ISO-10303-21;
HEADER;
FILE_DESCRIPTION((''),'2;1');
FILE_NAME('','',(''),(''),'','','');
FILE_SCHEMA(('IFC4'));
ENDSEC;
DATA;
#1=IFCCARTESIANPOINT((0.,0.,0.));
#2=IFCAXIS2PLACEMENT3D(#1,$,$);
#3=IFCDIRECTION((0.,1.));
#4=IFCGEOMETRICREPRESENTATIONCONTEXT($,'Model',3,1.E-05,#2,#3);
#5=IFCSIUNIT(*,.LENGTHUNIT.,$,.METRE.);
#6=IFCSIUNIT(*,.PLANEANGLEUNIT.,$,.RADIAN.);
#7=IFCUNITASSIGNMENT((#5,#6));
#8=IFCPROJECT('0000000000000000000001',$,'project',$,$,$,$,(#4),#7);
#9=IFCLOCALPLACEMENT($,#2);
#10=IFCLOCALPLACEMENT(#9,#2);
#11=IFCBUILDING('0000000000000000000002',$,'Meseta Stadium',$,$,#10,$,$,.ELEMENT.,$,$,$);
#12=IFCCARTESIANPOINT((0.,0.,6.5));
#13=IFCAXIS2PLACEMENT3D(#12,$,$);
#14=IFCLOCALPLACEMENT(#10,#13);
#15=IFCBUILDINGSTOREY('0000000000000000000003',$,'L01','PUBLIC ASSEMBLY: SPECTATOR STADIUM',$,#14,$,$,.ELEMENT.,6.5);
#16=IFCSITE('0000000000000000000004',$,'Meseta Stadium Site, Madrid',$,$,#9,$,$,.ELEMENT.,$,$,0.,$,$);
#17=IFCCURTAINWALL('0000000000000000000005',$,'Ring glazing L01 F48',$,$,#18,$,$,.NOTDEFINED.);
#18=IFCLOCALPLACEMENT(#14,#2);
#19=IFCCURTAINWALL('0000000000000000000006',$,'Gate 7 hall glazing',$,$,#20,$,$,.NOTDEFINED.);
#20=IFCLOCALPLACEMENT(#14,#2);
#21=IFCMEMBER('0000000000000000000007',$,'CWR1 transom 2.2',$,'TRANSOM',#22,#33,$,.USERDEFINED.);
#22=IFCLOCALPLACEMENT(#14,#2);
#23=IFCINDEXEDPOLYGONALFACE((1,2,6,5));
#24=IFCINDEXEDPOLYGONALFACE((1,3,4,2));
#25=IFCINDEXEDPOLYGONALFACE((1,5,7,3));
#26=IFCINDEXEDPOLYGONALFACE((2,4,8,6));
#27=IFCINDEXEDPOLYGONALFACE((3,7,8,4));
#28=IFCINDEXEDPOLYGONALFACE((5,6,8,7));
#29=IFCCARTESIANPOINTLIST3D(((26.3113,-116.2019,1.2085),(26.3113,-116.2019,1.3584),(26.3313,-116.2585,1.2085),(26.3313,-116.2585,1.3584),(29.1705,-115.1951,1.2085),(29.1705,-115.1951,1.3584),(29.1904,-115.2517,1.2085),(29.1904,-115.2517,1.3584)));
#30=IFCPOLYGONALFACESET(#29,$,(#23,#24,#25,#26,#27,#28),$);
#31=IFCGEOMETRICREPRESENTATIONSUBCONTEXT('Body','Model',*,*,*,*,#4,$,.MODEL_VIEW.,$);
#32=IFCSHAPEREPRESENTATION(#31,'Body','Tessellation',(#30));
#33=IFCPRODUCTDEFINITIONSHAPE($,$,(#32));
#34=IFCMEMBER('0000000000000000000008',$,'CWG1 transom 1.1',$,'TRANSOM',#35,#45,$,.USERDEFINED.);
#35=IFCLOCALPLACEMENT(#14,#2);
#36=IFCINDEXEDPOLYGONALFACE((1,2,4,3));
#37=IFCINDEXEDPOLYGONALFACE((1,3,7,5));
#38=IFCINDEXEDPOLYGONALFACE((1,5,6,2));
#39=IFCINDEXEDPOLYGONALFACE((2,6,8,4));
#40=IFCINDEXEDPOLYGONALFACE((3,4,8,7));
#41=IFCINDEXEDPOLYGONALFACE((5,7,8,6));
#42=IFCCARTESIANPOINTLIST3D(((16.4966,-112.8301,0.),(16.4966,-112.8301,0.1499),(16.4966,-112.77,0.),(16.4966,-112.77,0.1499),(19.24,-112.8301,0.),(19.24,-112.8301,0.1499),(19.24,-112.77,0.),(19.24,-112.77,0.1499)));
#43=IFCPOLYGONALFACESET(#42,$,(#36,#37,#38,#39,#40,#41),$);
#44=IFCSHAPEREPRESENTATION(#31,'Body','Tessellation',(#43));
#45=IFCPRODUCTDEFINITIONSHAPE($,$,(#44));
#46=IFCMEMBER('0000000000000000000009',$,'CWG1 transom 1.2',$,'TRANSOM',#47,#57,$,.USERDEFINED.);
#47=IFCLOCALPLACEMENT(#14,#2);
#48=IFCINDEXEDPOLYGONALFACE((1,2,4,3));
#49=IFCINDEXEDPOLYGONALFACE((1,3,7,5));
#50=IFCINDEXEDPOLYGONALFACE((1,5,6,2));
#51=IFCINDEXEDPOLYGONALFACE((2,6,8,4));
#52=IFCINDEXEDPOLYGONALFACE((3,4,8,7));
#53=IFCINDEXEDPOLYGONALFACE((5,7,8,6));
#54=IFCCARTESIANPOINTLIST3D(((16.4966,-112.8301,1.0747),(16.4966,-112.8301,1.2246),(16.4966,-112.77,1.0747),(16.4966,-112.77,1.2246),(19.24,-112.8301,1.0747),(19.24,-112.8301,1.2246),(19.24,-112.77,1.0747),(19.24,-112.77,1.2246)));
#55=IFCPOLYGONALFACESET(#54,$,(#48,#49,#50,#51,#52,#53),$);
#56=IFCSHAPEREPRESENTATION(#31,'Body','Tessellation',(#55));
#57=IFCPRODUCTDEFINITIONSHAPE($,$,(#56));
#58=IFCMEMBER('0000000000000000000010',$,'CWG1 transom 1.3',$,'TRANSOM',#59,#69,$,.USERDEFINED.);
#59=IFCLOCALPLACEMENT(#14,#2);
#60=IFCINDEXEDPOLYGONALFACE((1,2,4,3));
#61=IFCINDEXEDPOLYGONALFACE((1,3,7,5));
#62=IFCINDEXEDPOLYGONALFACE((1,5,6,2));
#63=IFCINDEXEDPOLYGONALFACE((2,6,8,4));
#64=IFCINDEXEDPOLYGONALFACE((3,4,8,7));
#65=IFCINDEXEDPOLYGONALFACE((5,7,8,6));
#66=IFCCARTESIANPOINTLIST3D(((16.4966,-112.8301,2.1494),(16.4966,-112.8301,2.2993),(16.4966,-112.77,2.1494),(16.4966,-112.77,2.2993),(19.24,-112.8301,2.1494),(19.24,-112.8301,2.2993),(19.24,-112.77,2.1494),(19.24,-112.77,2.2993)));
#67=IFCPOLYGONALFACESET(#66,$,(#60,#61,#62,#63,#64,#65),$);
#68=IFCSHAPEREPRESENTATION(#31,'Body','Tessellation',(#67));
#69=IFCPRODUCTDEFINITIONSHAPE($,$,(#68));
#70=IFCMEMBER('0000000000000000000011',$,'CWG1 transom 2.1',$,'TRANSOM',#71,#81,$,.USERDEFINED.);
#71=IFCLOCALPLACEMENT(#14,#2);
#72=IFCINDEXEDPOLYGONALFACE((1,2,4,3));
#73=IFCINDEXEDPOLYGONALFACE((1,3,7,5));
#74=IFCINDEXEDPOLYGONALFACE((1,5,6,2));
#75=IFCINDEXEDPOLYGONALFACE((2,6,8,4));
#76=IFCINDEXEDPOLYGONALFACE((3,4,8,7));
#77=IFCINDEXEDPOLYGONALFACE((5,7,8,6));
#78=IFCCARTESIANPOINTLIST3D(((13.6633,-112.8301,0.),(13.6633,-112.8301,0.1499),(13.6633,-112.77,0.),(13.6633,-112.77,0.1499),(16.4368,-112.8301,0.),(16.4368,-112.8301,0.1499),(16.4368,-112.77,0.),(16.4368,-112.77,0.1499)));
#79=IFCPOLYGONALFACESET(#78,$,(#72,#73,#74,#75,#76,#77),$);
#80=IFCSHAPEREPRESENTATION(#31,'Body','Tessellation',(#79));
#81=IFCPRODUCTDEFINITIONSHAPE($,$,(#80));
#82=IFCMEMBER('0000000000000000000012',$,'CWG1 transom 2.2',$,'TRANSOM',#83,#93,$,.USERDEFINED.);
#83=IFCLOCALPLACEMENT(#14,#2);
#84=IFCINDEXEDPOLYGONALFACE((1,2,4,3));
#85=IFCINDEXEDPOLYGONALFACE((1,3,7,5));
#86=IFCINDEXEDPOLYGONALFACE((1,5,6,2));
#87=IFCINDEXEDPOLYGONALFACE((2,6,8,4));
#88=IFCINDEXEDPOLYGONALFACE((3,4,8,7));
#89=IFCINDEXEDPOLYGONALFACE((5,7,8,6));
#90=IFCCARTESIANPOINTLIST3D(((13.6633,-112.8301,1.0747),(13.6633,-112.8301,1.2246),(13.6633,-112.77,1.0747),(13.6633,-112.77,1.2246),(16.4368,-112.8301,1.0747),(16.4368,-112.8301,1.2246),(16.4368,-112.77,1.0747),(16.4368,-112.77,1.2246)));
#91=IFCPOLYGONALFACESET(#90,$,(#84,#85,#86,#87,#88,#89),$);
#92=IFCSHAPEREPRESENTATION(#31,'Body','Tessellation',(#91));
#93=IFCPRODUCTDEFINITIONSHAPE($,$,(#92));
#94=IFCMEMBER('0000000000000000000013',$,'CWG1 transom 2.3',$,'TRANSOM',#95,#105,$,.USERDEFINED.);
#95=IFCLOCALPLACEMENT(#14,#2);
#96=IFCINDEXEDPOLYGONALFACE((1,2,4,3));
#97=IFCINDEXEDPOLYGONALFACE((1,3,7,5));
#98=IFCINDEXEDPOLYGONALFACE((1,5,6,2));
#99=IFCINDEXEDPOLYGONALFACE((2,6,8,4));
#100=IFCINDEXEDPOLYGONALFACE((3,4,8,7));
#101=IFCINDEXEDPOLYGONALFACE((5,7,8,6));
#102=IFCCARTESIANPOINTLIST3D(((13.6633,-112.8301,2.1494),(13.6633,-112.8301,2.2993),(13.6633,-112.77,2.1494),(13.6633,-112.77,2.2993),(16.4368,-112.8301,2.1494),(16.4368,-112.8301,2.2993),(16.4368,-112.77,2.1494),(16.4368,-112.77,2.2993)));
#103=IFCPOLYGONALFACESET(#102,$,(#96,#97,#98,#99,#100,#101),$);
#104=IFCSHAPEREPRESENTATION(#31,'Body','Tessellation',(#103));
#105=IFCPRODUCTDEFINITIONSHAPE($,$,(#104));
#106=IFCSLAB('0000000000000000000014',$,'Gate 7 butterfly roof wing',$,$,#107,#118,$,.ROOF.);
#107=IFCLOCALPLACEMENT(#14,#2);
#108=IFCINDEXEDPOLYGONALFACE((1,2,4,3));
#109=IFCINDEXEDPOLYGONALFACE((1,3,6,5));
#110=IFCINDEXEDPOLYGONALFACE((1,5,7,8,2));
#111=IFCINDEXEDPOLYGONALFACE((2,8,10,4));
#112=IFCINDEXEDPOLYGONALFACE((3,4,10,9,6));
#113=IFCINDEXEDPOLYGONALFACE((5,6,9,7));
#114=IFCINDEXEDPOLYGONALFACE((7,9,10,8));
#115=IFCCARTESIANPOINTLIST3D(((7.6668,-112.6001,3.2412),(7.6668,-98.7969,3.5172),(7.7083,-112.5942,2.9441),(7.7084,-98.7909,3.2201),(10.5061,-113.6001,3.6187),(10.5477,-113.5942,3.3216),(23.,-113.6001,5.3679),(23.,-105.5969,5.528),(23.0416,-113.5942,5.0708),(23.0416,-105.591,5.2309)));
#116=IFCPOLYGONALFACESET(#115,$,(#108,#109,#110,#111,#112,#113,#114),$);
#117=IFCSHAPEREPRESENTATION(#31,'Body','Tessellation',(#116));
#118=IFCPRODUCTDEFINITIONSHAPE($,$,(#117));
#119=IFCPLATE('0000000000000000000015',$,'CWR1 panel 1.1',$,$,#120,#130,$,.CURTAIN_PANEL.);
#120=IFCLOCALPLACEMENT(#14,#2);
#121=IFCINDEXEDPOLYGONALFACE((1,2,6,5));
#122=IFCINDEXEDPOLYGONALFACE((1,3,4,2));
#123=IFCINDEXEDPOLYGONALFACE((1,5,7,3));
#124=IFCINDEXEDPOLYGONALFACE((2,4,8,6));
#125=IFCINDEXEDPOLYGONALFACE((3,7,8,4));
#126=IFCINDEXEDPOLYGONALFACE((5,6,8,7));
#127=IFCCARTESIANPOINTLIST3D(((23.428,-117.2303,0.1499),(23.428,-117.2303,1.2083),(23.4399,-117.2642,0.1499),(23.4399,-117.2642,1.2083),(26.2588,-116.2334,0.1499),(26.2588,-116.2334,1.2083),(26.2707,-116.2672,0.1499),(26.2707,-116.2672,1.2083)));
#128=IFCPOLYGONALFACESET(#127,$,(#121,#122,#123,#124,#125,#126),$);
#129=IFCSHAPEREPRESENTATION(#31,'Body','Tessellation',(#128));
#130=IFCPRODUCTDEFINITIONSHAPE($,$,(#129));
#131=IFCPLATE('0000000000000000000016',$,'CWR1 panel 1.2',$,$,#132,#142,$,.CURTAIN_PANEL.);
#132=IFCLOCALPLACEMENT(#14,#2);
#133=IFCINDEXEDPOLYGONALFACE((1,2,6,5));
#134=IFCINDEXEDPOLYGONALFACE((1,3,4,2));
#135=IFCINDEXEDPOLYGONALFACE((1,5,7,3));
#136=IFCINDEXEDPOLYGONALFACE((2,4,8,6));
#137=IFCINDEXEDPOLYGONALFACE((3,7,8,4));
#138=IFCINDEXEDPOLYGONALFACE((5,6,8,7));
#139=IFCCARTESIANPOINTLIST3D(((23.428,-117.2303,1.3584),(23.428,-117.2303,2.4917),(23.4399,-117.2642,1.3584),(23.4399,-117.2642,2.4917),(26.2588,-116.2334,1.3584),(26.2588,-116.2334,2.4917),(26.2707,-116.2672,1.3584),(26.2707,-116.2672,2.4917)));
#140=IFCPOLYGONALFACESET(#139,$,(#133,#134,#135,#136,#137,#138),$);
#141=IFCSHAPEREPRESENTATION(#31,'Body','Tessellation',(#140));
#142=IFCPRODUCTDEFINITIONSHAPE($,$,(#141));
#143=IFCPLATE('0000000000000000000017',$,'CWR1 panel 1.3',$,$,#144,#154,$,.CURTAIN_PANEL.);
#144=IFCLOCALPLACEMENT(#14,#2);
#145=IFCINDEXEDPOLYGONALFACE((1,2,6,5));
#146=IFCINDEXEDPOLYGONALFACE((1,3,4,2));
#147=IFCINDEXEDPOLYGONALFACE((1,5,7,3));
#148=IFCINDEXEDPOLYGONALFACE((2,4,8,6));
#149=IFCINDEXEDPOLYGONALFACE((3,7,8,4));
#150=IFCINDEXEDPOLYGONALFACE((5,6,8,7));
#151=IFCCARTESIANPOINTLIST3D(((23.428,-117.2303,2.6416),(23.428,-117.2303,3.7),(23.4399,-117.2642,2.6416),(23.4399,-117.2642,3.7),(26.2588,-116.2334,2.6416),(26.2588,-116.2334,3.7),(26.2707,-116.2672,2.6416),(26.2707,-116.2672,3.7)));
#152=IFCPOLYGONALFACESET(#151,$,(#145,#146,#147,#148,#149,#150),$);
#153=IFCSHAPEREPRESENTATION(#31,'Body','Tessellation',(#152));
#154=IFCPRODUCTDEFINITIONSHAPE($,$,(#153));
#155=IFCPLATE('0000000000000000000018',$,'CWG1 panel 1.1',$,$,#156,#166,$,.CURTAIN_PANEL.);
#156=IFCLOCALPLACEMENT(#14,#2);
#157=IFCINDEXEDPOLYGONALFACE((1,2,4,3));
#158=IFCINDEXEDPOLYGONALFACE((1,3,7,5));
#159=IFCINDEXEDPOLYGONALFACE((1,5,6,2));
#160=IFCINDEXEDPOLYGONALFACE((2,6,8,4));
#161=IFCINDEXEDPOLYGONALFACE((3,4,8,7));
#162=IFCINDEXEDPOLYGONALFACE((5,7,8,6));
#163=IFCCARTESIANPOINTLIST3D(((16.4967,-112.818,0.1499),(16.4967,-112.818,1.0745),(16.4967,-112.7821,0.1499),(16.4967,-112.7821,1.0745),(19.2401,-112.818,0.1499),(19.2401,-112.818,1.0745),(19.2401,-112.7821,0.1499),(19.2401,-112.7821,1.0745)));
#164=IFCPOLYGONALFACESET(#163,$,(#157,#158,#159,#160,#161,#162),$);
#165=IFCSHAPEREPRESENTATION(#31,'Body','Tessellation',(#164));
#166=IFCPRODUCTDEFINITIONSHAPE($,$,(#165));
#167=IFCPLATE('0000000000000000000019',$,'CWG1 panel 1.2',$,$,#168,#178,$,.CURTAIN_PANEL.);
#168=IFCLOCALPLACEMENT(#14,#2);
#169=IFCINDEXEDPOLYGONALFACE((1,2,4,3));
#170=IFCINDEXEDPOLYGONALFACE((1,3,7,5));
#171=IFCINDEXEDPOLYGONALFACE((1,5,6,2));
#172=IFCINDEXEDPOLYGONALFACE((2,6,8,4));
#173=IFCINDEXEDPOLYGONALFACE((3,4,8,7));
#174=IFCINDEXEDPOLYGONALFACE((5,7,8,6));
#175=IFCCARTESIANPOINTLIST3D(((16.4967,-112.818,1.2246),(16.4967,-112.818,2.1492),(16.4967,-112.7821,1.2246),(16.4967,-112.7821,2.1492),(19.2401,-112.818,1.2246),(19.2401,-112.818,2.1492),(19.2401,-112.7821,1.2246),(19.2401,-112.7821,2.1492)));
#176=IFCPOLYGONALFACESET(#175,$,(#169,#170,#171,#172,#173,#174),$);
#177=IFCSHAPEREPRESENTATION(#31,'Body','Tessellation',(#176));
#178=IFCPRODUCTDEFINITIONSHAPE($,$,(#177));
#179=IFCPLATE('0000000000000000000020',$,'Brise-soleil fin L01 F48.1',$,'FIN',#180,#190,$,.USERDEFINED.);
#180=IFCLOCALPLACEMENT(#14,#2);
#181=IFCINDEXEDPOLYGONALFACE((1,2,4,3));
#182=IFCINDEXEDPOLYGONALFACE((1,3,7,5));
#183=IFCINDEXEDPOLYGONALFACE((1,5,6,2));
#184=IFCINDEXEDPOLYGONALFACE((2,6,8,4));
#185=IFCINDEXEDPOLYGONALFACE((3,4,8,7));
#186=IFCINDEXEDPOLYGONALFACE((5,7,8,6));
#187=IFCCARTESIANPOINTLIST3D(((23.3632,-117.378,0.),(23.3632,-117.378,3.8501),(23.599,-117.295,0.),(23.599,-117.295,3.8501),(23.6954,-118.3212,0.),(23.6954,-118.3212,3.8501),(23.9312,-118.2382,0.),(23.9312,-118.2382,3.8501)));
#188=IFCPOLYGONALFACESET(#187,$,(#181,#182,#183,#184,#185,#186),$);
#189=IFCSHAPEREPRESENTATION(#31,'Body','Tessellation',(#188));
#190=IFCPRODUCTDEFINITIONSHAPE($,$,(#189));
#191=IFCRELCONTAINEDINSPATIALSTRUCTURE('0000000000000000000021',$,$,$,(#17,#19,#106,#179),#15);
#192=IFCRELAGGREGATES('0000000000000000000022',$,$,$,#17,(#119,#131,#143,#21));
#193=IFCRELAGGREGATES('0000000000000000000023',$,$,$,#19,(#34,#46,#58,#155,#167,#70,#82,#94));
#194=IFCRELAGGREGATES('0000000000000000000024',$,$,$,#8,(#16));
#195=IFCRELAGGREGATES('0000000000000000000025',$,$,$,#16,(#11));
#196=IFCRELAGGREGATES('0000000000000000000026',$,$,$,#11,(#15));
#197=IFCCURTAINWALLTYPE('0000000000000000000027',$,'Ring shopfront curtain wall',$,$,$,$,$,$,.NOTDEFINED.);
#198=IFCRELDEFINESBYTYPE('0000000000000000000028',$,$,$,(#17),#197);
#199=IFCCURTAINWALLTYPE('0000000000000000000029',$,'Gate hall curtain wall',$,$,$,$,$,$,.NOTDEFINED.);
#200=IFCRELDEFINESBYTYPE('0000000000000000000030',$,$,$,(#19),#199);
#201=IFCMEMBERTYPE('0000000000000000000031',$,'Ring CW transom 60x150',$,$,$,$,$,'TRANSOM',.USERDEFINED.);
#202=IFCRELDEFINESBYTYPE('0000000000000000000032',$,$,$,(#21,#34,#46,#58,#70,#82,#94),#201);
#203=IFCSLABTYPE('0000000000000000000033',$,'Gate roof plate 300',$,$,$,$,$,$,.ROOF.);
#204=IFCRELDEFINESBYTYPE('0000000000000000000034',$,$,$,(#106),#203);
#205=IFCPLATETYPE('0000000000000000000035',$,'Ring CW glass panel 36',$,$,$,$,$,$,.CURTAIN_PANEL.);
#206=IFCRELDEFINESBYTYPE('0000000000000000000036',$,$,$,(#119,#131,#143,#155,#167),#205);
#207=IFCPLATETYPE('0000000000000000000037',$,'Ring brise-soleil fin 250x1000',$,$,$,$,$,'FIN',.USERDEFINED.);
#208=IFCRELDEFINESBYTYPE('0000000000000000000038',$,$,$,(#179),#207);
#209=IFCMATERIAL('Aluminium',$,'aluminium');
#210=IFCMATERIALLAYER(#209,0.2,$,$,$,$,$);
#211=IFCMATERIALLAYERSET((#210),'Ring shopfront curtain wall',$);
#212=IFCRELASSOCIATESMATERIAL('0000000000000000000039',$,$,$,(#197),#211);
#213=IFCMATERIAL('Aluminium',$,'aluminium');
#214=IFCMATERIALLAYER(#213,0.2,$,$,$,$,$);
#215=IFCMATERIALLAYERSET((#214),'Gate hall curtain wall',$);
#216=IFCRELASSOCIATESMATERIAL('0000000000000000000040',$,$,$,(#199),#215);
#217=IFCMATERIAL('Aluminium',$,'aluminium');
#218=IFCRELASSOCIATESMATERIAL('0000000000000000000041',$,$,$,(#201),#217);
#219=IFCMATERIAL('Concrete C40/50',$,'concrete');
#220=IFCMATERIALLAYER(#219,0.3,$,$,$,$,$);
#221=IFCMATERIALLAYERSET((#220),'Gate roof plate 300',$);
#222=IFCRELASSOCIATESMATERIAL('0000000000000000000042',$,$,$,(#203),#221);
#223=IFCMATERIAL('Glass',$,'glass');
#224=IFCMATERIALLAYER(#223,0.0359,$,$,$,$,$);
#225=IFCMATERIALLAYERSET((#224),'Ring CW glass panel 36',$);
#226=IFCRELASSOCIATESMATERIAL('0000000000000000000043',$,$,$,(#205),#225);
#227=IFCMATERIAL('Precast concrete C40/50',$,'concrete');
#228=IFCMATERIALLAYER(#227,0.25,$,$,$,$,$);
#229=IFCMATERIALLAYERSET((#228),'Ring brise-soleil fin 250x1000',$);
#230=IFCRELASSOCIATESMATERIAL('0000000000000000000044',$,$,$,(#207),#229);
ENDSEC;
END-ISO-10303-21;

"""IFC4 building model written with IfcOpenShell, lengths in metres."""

from ifc_helpers import new_model, si_unit, direction, frame, origin, origin_2d, place, context, subcontext, project, spatial, polyline, rectangle, outline, extrude, material, layer, layer_set, material_profile, profile_set, type_object, element, aggregate, save


model = new_model("IFC4")

# Units and contexts
model_context = context("Model", 3, precision=1e-05, world=origin(), true_north=direction((0.0, 1.0)))
body_context = subcontext(model_context, "Body", "Model", "MODEL_VIEW")
ifc_project = project(units=[si_unit("LENGTHUNIT", "METRE"), si_unit("PLANEANGLEUNIT", "RADIAN")], contexts=[model_context])

# Site, building, storey
site_placement = place(None, origin())
site = spatial("IfcSite", under=ifc_project, at=site_placement, Name="Meseta Stadium Site, Madrid", CompositionType="ELEMENT", RefElevation=0.0)
building_placement = place(site_placement, origin())
building = spatial("IfcBuilding", under=site, at=building_placement, Name="Meseta Stadium", CompositionType="ELEMENT")
storey_placement = place(building_placement, frame((0.0, 0.0, 6.5)))
storey = spatial("IfcBuildingStorey", under=building, at=storey_placement, Name="L01", Description="PUBLIC ASSEMBLY: SPECTATOR STADIUM", CompositionType="ELEMENT", Elevation=6.5)

# Curtain walls
ifc_material_1 = material(Name="Aluminium", Category="aluminium")
ifc_layer_1 = layer(ifc_material_1, 0.2)
ifc_layer_set_1 = layer_set([ifc_layer_1], Name="Ring shopfront curtain wall")
curtain_wall_type_1 = type_object("IfcCurtainWallType", Name="Ring shopfront curtain wall", PredefinedType="NOTDEFINED", material=ifc_layer_set_1)
curtain_wall_1_placement = place(storey_placement, origin())
curtain_wall_1 = element("IfcCurtainWall", 1, at=curtain_wall_1_placement, inside=storey, type_object=curtain_wall_type_1, Name="Ring glazing L01 F48", PredefinedType="NOTDEFINED")
ifc_material_2 = material(Name="Aluminium", Category="aluminium")
ifc_layer_2 = layer(ifc_material_2, 0.2)
ifc_layer_set_2 = layer_set([ifc_layer_2], Name="Gate hall curtain wall")
curtain_wall_type_2 = type_object("IfcCurtainWallType", Name="Gate hall curtain wall", PredefinedType="NOTDEFINED", material=ifc_layer_set_2)
curtain_wall_2_placement = place(storey_placement, origin())
curtain_wall_2 = element("IfcCurtainWall", 2, at=curtain_wall_2_placement, inside=storey, type_object=curtain_wall_type_2, Name="Gate 7 hall glazing", PredefinedType="NOTDEFINED")

# Members
ifc_material_3 = material(Name="Aluminium", Category="aluminium")
ifc_material_profile_1 = material_profile(ifc_material_3, rectangle(XDim=0.0601, YDim=0.1499, at=origin_2d()), Name="CW 60x150")
ifc_profile_set_1 = profile_set([ifc_material_profile_1], Name="Aluminium")
member_type_1 = type_object("IfcMemberType", Name="Ring CW transom 60x150", ElementType="TRANSOM", PredefinedType="USERDEFINED", material=ifc_profile_set_1)
member_1_placement = place(storey_placement, frame((26.3213, -116.2302, 1.2834), z_axis=(0.943225, 0.332154, 0.0), x_axis=(-0.332154, 0.943225, 0.0)))
member_1 = element("IfcMember", 3, at=member_1_placement, type_object=member_type_1, Name="CWR1 transom 2.2", ObjectType="TRANSOM", PredefinedType="USERDEFINED", context=body_context, shape_type="SweptSolid", body=[
    extrude(rectangle(XDim=0.0601, YDim=0.1499, at=origin_2d()), origin(), (0.0, 0.0, 1.0), 3.0312),
])
member_2_placement = place(storey_placement, frame((19.24, -112.8, 0.075), z_axis=(-1.0, 0.0, 0.0), x_axis=(0.0, -1.0, 0.0)))
member_2 = element("IfcMember", 4, at=member_2_placement, type_object=member_type_1, Name="CWG1 transom 1.1", ObjectType="TRANSOM", PredefinedType="USERDEFINED", context=body_context, shape_type="SweptSolid", body=[
    extrude(rectangle(XDim=0.0601, YDim=0.1499, at=origin_2d()), origin(), (0.0, 0.0, 1.0), 2.7434),
])
member_3_placement = place(storey_placement, frame((19.24, -112.8, 1.1497), z_axis=(-1.0, 0.0, 0.0), x_axis=(0.0, -1.0, 0.0)))
member_3 = element("IfcMember", 5, at=member_3_placement, type_object=member_type_1, Name="CWG1 transom 1.2", ObjectType="TRANSOM", PredefinedType="USERDEFINED", context=body_context, shape_type="SweptSolid", body=[
    extrude(rectangle(XDim=0.0601, YDim=0.1499, at=origin_2d()), origin(), (0.0, 0.0, 1.0), 2.7434),
])
member_4_placement = place(storey_placement, frame((19.24, -112.8, 2.2244), z_axis=(-1.0, 0.0, 0.0), x_axis=(0.0, -1.0, 0.0)))
member_4 = element("IfcMember", 6, at=member_4_placement, type_object=member_type_1, Name="CWG1 transom 1.3", ObjectType="TRANSOM", PredefinedType="USERDEFINED", context=body_context, shape_type="SweptSolid", body=[
    extrude(rectangle(XDim=0.0601, YDim=0.1499, at=origin_2d()), origin(), (0.0, 0.0, 1.0), 2.7434),
])
member_5_placement = place(storey_placement, frame((16.4368, -112.8, 0.075), z_axis=(-1.0, 0.0, 0.0), x_axis=(0.0, -1.0, 0.0)))
member_5 = element("IfcMember", 7, at=member_5_placement, type_object=member_type_1, Name="CWG1 transom 2.1", ObjectType="TRANSOM", PredefinedType="USERDEFINED", context=body_context, shape_type="SweptSolid", body=[
    extrude(rectangle(XDim=0.0601, YDim=0.1499, at=origin_2d()), origin(), (0.0, 0.0, 1.0), 2.7734),
])
member_6_placement = place(storey_placement, frame((16.4368, -112.8, 1.1497), z_axis=(-1.0, 0.0, 0.0), x_axis=(0.0, -1.0, 0.0)))
member_6 = element("IfcMember", 8, at=member_6_placement, type_object=member_type_1, Name="CWG1 transom 2.2", ObjectType="TRANSOM", PredefinedType="USERDEFINED", context=body_context, shape_type="SweptSolid", body=[
    extrude(rectangle(XDim=0.0601, YDim=0.1499, at=origin_2d()), origin(), (0.0, 0.0, 1.0), 2.7734),
])
member_7_placement = place(storey_placement, frame((16.4368, -112.8, 2.2244), z_axis=(-1.0, 0.0, 0.0), x_axis=(0.0, -1.0, 0.0)))
member_7 = element("IfcMember", 9, at=member_7_placement, type_object=member_type_1, Name="CWG1 transom 2.3", ObjectType="TRANSOM", PredefinedType="USERDEFINED", context=body_context, shape_type="SweptSolid", body=[
    extrude(rectangle(XDim=0.0601, YDim=0.1499, at=origin_2d()), origin(), (0.0, 0.0, 1.0), 2.7734),
])

# Slab
ifc_material_4 = material(Name="Concrete C40/50", Category="concrete")
ifc_layer_3 = layer(ifc_material_4, 0.3)
ifc_layer_set_3 = layer_set([ifc_layer_3], Name="Gate roof plate 300")
slab_type = type_object("IfcSlabType", Name="Gate roof plate 300", PredefinedType="ROOF", material=ifc_layer_set_3)
slab_placement = place(storey_placement, frame((23.0, -113.6001, 5.3679), z_axis=(-0.138626, -0.019802, 0.990147), x_axis=(0.000002, 0.9998, 0.019996)))
element("IfcSlab", 10, at=slab_placement, inside=storey, type_object=slab_type, Name="Gate 7 butterfly roof wing", PredefinedType="ROOF", context=body_context, shape_type="SweptSolid", body=[
    extrude(outline(polyline([(0.0, 0.0), (8.0048, 0.0), (14.7632, 15.4828), (0.9572, 15.4827), (-0.035, 12.6157), (0.0, 0.0)])), origin(), (0.0, 0.0, -1.0), 0.3),
])

# Plates
ifc_material_5 = material(Name="Glass", Category="glass")
ifc_layer_4 = layer(ifc_material_5, 0.0359)
ifc_layer_set_4 = layer_set([ifc_layer_4], Name="Ring CW glass panel 36")
plate_type_1 = type_object("IfcPlateType", Name="Ring CW glass panel 36", PredefinedType="CURTAIN_PANEL", material=ifc_layer_set_4)
plate_1_placement = place(storey_placement, frame((24.8494, -116.7488, 0.1499), z_axis=(0.0, 0.0, 1.0), x_axis=(0.943218, 0.332174, 0.0)))
plate_1 = element("IfcPlate", 11, at=plate_1_placement, type_object=plate_type_1, Name="CWR1 panel 1.1", PredefinedType="CURTAIN_PANEL", context=body_context, shape_type="SweptSolid", body=[
    extrude(rectangle(XDim=3.0012, YDim=0.0359, at=origin_2d()), origin(), (0.0, 0.0, 1.0), 1.0583),
])
plate_2_placement = place(storey_placement, frame((24.8494, -116.7488, 1.3584), z_axis=(0.0, 0.0, 1.0), x_axis=(0.943218, 0.332174, 0.0)))
plate_2 = element("IfcPlate", 12, at=plate_2_placement, type_object=plate_type_1, Name="CWR1 panel 1.2", PredefinedType="CURTAIN_PANEL", context=body_context, shape_type="SweptSolid", body=[
    extrude(rectangle(XDim=3.0012, YDim=0.0359, at=origin_2d()), origin(), (0.0, 0.0, 1.0), 1.1333),
])
plate_3_placement = place(storey_placement, frame((24.8494, -116.7488, 2.6416), z_axis=(0.0, 0.0, 1.0), x_axis=(0.943218, 0.332174, 0.0)))
plate_3 = element("IfcPlate", 13, at=plate_3_placement, type_object=plate_type_1, Name="CWR1 panel 1.3", PredefinedType="CURTAIN_PANEL", context=body_context, shape_type="SweptSolid", body=[
    extrude(rectangle(XDim=3.0012, YDim=0.0359, at=origin_2d()), origin(), (0.0, 0.0, 1.0), 1.0583),
])
aggregate(curtain_wall_1, [plate_1, plate_2, plate_3, member_1])
plate_4_placement = place(storey_placement, frame((17.8684, -112.8, 0.1499), z_axis=(0.0, 0.0, 1.0), x_axis=(-1.0, 0.0, 0.0)))
plate_4 = element("IfcPlate", 14, at=plate_4_placement, type_object=plate_type_1, Name="CWG1 panel 1.1", PredefinedType="CURTAIN_PANEL", context=body_context, shape_type="SweptSolid", body=[
    extrude(rectangle(XDim=2.7434, YDim=0.0359, at=origin_2d()), origin(), (0.0, 0.0, 1.0), 0.9246),
])
plate_5_placement = place(storey_placement, frame((17.8684, -112.8, 1.2246), z_axis=(0.0, 0.0, 1.0), x_axis=(-1.0, 0.0, 0.0)))
plate_5 = element("IfcPlate", 15, at=plate_5_placement, type_object=plate_type_1, Name="CWG1 panel 1.2", PredefinedType="CURTAIN_PANEL", context=body_context, shape_type="SweptSolid", body=[
    extrude(rectangle(XDim=2.7434, YDim=0.0359, at=origin_2d()), origin(), (0.0, 0.0, 1.0), 0.9246),
])
aggregate(curtain_wall_2, [member_2, member_3, member_4, plate_4, plate_5, member_5, member_6, member_7])
ifc_material_6 = material(Name="Precast concrete C40/50", Category="concrete")
ifc_layer_5 = layer(ifc_material_6, 0.25)
ifc_layer_set_5 = layer_set([ifc_layer_5], Name="Ring brise-soleil fin 250x1000")
plate_type_2 = type_object("IfcPlateType", Name="Ring brise-soleil fin 250x1000", ElementType="FIN", PredefinedType="USERDEFINED", material=ifc_layer_set_5)
plate_6_placement = place(storey_placement, frame((23.6472, -117.8081, 0.0), z_axis=(0.0, 0.0, 1.0), x_axis=(0.943217, 0.332176, 0.0)))
element("IfcPlate", 16, at=plate_6_placement, inside=storey, type_object=plate_type_2, Name="Brise-soleil fin L01 F48.1", ObjectType="FIN", PredefinedType="USERDEFINED", context=body_context, shape_type="SweptSolid", body=[
    extrude(rectangle(XDim=0.25, YDim=1.0, at=origin_2d()), origin(), (0.0, 0.0, 1.0), 3.8501),
])

save(model, "model.ifc")
